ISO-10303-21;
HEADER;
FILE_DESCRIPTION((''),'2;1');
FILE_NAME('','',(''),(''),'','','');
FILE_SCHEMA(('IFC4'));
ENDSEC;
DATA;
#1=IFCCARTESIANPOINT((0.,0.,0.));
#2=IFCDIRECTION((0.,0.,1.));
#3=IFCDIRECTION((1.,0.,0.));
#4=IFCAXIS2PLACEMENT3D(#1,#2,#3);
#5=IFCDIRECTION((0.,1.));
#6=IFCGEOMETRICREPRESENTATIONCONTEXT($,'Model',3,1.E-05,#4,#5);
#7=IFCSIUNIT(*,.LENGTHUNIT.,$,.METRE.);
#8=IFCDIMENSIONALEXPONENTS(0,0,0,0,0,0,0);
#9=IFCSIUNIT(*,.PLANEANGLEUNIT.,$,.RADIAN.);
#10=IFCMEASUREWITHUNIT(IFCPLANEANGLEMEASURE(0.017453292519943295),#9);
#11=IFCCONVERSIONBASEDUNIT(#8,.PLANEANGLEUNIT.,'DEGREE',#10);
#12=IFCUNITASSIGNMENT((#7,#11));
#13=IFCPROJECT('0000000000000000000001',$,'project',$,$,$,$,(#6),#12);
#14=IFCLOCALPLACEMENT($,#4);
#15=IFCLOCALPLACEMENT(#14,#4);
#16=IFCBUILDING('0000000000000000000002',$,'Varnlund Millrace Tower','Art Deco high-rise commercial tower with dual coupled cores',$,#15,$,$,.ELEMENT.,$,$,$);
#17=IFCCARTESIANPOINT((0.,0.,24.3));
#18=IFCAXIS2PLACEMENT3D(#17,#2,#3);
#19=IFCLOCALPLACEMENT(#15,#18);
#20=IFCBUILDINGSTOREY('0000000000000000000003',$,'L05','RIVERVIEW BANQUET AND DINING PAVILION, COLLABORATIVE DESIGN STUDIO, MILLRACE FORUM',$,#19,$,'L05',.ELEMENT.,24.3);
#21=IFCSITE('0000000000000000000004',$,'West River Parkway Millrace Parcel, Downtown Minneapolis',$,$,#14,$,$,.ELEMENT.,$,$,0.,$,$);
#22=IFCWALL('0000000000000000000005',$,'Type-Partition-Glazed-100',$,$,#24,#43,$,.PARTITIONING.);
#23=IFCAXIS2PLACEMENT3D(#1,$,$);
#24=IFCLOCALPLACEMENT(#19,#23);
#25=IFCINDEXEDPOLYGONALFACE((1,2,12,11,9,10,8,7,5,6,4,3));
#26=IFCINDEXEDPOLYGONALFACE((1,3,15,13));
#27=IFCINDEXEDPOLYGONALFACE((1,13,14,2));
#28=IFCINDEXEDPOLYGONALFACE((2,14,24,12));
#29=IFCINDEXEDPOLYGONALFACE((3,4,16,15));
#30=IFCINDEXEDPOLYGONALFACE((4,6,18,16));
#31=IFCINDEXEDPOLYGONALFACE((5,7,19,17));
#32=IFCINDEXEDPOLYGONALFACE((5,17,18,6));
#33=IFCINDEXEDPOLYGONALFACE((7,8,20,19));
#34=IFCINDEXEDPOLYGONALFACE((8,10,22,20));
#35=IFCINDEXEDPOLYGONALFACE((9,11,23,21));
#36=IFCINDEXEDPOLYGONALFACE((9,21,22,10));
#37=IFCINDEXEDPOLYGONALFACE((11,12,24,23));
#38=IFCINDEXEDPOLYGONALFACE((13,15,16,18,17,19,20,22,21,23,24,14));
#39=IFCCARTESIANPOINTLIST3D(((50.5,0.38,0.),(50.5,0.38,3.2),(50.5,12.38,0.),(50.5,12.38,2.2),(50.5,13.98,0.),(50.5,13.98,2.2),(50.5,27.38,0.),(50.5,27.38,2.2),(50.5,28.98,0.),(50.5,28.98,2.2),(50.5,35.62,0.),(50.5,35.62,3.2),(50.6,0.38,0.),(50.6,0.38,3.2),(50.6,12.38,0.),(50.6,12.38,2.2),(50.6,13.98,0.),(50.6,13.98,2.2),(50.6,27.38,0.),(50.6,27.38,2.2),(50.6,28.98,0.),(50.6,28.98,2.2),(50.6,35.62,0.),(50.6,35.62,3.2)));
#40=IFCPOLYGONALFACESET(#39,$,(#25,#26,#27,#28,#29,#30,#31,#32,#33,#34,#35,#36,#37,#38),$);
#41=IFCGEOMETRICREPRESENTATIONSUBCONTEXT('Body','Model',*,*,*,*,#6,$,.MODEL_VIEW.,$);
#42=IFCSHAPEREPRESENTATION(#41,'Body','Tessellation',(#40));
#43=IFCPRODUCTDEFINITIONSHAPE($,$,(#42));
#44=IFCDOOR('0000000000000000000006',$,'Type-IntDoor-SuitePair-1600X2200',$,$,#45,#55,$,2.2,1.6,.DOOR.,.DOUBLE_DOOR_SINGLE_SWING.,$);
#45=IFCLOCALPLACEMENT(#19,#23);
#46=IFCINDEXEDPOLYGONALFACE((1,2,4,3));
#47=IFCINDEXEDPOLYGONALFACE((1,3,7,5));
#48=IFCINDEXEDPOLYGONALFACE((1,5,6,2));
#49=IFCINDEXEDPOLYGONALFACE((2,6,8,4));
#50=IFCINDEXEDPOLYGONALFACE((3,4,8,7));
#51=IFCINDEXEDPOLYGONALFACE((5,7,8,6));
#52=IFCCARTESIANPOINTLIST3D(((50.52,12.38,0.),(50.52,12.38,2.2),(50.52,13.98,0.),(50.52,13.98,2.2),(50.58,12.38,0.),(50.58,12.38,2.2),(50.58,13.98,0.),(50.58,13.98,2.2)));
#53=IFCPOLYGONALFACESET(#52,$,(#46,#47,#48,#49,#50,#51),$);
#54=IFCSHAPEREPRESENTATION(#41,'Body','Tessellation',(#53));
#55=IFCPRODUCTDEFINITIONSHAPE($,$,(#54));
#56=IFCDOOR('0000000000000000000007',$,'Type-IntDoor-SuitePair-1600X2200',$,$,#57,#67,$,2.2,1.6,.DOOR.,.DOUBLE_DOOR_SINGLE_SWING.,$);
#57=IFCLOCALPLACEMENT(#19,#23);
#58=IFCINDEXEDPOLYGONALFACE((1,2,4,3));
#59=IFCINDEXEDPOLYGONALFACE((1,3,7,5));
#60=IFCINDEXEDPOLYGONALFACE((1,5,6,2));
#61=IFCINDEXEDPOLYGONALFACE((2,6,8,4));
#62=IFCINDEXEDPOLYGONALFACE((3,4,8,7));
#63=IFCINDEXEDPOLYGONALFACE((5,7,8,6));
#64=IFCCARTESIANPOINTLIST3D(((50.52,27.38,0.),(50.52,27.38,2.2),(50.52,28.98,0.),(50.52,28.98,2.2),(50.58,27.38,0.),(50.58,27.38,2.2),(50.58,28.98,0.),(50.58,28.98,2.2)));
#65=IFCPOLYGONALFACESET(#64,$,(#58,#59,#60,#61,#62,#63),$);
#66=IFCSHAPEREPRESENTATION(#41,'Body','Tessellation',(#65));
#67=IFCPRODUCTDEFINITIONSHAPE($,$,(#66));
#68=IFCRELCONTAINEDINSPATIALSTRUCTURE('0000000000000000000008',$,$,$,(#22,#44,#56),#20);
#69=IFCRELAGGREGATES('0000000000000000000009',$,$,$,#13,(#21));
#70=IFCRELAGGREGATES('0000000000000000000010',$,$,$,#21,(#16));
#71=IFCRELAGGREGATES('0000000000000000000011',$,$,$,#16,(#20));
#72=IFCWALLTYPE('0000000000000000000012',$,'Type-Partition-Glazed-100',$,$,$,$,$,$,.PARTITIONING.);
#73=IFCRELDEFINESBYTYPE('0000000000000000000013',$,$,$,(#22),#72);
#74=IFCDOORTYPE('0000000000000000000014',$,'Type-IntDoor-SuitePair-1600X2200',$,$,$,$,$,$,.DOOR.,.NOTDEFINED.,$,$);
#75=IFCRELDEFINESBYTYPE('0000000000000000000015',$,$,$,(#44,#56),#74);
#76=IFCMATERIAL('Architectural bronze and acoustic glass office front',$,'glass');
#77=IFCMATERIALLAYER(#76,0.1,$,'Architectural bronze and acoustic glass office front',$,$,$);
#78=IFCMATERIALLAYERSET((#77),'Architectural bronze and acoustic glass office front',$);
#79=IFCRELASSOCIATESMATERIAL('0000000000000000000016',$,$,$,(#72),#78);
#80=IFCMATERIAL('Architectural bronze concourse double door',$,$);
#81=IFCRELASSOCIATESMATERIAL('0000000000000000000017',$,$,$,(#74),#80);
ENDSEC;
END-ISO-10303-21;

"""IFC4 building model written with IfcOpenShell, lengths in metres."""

from ifc_helpers import new_model, entity, si_unit, converted_unit, direction, frame, origin_with_axes, origin_2d_with_axis, place, context, subcontext, project, spatial, polyline, rectangle, outline, extrude, material, layer, layer_set, type_object, element, fill, save


model = new_model("IFC4")

# Units and contexts
model_context = context("Model", 3, precision=1e-05, world=origin_with_axes(), true_north=direction((0.0, 1.0)))
body_context = subcontext(model_context, "Body", "Model", "MODEL_VIEW")
ifc_project = project(units=[si_unit("LENGTHUNIT", "METRE"), converted_unit("PLANEANGLEUNIT", "DEGREE", entity("IfcPlaneAngleMeasure", 0.017453292519943295), si_unit("PLANEANGLEUNIT", "RADIAN"), dimensions=[0, 0, 0, 0, 0, 0, 0])], contexts=[model_context])

# Site, building, storey
site_placement = place(None, origin_with_axes())
site = spatial("IfcSite", under=ifc_project, at=site_placement, Name="West River Parkway Millrace Parcel, Downtown Minneapolis", CompositionType="ELEMENT", RefElevation=0.0)
building_placement = place(site_placement, origin_with_axes())
building = spatial("IfcBuilding", under=site, at=building_placement, Name="Varnlund Millrace Tower", Description="Art Deco high-rise commercial tower with dual coupled cores", CompositionType="ELEMENT")
storey_placement = place(building_placement, frame((0.0, 0.0, 24.3), z_axis=(0.0, 0.0, 1.0), x_axis=(1.0, 0.0, 0.0)))
storey = spatial("IfcBuildingStorey", under=building, at=storey_placement, Name="L05", Description="RIVERVIEW BANQUET AND DINING PAVILION, COLLABORATIVE DESIGN STUDIO, MILLRACE FORUM", LongName="L05", CompositionType="ELEMENT", Elevation=24.3)

# Wall, openings, doors
ifc_material_1 = material(Name="Architectural bronze and acoustic glass office front", Category="glass")
ifc_layer_1 = layer(ifc_material_1, 0.1, Name="Architectural bronze and acoustic glass office front")
ifc_layer_set_1 = layer_set([ifc_layer_1], Name="Architectural bronze and acoustic glass office front")
wall_type_1 = type_object("IfcWallType", Name="Type-Partition-Glazed-100", PredefinedType="PARTITIONING", material=ifc_layer_set_1)
wall_1_placement = place(storey_placement, frame((50.55, 0.38, 0.0), z_axis=(0.0, 0.0, 1.0), x_axis=(0.0, 1.0, 0.0)))
wall_1 = element("IfcWall", 1, at=wall_1_placement, inside=storey, type_object=wall_type_1, Name="Type-Partition-Glazed-100", PredefinedType="PARTITIONING", context=body_context, shape_type="SweptSolid", body=[
    extrude(outline(polyline([(0.0, -0.05), (35.24, -0.05), (35.24, 0.05), (0.0, 0.05), (0.0, -0.05)])), origin_with_axes(), (0.0, 0.0, 1.0), 3.2),
])
opening_1_placement = place(wall_1_placement, frame((12.8, 0.0, 0.0), z_axis=(0.0, 0.0, 1.0), x_axis=(1.0, 0.0, 0.0)))
opening_1 = element("IfcOpeningElement", 2, at=opening_1_placement, cuts=wall_1, PredefinedType="OPENING", context=body_context, shape_type="SweptSolid", body=[
    extrude(rectangle(XDim=1.6, YDim=0.12, at=origin_2d_with_axis()), origin_with_axes(), (0.0, 0.0, 1.0), 2.2),
])
opening_2_placement = place(wall_1_placement, frame((27.8, 0.0, 0.0), z_axis=(0.0, 0.0, 1.0), x_axis=(1.0, 0.0, 0.0)))
opening_2 = element("IfcOpeningElement", 3, at=opening_2_placement, cuts=wall_1, PredefinedType="OPENING", context=body_context, shape_type="SweptSolid", body=[
    extrude(rectangle(XDim=1.6, YDim=0.12, at=origin_2d_with_axis()), origin_with_axes(), (0.0, 0.0, 1.0), 2.2),
])
ifc_material_2 = material(Name="Architectural bronze concourse double door")
door_type = type_object("IfcDoorType", Name="Type-IntDoor-SuitePair-1600X2200", OperationType="NOTDEFINED", PredefinedType="DOOR", material=ifc_material_2)
door_1_placement = place(wall_1_placement, frame((12.8, 0.0, 0.0), z_axis=(0.0, 0.0, 1.0), x_axis=(1.0, 0.0, 0.0)))
door_1 = element("IfcDoor", 4, at=door_1_placement, inside=storey, type_object=door_type, Name="Type-IntDoor-SuitePair-1600X2200", OperationType="DOUBLE_DOOR_SINGLE_SWING", OverallHeight=2.2, OverallWidth=1.6, PredefinedType="DOOR", context=body_context, shape_type="SweptSolid", body=[
    extrude(rectangle(XDim=1.6, YDim=0.06, at=origin_2d_with_axis()), origin_with_axes(), (0.0, 0.0, 1.0), 2.2),
])
fill(opening_1, door_1)
door_2_placement = place(wall_1_placement, frame((27.8, 0.0, 0.0), z_axis=(0.0, 0.0, 1.0), x_axis=(1.0, 0.0, 0.0)))
door_2 = element("IfcDoor", 5, at=door_2_placement, inside=storey, type_object=door_type, Name="Type-IntDoor-SuitePair-1600X2200", OperationType="DOUBLE_DOOR_SINGLE_SWING", OverallHeight=2.2, OverallWidth=1.6, PredefinedType="DOOR", context=body_context, shape_type="SweptSolid", body=[
    extrude(rectangle(XDim=1.6, YDim=0.06, at=origin_2d_with_axis()), origin_with_axes(), (0.0, 0.0, 1.0), 2.2),
])
fill(opening_2, door_2)

save(model, "model.ifc")
